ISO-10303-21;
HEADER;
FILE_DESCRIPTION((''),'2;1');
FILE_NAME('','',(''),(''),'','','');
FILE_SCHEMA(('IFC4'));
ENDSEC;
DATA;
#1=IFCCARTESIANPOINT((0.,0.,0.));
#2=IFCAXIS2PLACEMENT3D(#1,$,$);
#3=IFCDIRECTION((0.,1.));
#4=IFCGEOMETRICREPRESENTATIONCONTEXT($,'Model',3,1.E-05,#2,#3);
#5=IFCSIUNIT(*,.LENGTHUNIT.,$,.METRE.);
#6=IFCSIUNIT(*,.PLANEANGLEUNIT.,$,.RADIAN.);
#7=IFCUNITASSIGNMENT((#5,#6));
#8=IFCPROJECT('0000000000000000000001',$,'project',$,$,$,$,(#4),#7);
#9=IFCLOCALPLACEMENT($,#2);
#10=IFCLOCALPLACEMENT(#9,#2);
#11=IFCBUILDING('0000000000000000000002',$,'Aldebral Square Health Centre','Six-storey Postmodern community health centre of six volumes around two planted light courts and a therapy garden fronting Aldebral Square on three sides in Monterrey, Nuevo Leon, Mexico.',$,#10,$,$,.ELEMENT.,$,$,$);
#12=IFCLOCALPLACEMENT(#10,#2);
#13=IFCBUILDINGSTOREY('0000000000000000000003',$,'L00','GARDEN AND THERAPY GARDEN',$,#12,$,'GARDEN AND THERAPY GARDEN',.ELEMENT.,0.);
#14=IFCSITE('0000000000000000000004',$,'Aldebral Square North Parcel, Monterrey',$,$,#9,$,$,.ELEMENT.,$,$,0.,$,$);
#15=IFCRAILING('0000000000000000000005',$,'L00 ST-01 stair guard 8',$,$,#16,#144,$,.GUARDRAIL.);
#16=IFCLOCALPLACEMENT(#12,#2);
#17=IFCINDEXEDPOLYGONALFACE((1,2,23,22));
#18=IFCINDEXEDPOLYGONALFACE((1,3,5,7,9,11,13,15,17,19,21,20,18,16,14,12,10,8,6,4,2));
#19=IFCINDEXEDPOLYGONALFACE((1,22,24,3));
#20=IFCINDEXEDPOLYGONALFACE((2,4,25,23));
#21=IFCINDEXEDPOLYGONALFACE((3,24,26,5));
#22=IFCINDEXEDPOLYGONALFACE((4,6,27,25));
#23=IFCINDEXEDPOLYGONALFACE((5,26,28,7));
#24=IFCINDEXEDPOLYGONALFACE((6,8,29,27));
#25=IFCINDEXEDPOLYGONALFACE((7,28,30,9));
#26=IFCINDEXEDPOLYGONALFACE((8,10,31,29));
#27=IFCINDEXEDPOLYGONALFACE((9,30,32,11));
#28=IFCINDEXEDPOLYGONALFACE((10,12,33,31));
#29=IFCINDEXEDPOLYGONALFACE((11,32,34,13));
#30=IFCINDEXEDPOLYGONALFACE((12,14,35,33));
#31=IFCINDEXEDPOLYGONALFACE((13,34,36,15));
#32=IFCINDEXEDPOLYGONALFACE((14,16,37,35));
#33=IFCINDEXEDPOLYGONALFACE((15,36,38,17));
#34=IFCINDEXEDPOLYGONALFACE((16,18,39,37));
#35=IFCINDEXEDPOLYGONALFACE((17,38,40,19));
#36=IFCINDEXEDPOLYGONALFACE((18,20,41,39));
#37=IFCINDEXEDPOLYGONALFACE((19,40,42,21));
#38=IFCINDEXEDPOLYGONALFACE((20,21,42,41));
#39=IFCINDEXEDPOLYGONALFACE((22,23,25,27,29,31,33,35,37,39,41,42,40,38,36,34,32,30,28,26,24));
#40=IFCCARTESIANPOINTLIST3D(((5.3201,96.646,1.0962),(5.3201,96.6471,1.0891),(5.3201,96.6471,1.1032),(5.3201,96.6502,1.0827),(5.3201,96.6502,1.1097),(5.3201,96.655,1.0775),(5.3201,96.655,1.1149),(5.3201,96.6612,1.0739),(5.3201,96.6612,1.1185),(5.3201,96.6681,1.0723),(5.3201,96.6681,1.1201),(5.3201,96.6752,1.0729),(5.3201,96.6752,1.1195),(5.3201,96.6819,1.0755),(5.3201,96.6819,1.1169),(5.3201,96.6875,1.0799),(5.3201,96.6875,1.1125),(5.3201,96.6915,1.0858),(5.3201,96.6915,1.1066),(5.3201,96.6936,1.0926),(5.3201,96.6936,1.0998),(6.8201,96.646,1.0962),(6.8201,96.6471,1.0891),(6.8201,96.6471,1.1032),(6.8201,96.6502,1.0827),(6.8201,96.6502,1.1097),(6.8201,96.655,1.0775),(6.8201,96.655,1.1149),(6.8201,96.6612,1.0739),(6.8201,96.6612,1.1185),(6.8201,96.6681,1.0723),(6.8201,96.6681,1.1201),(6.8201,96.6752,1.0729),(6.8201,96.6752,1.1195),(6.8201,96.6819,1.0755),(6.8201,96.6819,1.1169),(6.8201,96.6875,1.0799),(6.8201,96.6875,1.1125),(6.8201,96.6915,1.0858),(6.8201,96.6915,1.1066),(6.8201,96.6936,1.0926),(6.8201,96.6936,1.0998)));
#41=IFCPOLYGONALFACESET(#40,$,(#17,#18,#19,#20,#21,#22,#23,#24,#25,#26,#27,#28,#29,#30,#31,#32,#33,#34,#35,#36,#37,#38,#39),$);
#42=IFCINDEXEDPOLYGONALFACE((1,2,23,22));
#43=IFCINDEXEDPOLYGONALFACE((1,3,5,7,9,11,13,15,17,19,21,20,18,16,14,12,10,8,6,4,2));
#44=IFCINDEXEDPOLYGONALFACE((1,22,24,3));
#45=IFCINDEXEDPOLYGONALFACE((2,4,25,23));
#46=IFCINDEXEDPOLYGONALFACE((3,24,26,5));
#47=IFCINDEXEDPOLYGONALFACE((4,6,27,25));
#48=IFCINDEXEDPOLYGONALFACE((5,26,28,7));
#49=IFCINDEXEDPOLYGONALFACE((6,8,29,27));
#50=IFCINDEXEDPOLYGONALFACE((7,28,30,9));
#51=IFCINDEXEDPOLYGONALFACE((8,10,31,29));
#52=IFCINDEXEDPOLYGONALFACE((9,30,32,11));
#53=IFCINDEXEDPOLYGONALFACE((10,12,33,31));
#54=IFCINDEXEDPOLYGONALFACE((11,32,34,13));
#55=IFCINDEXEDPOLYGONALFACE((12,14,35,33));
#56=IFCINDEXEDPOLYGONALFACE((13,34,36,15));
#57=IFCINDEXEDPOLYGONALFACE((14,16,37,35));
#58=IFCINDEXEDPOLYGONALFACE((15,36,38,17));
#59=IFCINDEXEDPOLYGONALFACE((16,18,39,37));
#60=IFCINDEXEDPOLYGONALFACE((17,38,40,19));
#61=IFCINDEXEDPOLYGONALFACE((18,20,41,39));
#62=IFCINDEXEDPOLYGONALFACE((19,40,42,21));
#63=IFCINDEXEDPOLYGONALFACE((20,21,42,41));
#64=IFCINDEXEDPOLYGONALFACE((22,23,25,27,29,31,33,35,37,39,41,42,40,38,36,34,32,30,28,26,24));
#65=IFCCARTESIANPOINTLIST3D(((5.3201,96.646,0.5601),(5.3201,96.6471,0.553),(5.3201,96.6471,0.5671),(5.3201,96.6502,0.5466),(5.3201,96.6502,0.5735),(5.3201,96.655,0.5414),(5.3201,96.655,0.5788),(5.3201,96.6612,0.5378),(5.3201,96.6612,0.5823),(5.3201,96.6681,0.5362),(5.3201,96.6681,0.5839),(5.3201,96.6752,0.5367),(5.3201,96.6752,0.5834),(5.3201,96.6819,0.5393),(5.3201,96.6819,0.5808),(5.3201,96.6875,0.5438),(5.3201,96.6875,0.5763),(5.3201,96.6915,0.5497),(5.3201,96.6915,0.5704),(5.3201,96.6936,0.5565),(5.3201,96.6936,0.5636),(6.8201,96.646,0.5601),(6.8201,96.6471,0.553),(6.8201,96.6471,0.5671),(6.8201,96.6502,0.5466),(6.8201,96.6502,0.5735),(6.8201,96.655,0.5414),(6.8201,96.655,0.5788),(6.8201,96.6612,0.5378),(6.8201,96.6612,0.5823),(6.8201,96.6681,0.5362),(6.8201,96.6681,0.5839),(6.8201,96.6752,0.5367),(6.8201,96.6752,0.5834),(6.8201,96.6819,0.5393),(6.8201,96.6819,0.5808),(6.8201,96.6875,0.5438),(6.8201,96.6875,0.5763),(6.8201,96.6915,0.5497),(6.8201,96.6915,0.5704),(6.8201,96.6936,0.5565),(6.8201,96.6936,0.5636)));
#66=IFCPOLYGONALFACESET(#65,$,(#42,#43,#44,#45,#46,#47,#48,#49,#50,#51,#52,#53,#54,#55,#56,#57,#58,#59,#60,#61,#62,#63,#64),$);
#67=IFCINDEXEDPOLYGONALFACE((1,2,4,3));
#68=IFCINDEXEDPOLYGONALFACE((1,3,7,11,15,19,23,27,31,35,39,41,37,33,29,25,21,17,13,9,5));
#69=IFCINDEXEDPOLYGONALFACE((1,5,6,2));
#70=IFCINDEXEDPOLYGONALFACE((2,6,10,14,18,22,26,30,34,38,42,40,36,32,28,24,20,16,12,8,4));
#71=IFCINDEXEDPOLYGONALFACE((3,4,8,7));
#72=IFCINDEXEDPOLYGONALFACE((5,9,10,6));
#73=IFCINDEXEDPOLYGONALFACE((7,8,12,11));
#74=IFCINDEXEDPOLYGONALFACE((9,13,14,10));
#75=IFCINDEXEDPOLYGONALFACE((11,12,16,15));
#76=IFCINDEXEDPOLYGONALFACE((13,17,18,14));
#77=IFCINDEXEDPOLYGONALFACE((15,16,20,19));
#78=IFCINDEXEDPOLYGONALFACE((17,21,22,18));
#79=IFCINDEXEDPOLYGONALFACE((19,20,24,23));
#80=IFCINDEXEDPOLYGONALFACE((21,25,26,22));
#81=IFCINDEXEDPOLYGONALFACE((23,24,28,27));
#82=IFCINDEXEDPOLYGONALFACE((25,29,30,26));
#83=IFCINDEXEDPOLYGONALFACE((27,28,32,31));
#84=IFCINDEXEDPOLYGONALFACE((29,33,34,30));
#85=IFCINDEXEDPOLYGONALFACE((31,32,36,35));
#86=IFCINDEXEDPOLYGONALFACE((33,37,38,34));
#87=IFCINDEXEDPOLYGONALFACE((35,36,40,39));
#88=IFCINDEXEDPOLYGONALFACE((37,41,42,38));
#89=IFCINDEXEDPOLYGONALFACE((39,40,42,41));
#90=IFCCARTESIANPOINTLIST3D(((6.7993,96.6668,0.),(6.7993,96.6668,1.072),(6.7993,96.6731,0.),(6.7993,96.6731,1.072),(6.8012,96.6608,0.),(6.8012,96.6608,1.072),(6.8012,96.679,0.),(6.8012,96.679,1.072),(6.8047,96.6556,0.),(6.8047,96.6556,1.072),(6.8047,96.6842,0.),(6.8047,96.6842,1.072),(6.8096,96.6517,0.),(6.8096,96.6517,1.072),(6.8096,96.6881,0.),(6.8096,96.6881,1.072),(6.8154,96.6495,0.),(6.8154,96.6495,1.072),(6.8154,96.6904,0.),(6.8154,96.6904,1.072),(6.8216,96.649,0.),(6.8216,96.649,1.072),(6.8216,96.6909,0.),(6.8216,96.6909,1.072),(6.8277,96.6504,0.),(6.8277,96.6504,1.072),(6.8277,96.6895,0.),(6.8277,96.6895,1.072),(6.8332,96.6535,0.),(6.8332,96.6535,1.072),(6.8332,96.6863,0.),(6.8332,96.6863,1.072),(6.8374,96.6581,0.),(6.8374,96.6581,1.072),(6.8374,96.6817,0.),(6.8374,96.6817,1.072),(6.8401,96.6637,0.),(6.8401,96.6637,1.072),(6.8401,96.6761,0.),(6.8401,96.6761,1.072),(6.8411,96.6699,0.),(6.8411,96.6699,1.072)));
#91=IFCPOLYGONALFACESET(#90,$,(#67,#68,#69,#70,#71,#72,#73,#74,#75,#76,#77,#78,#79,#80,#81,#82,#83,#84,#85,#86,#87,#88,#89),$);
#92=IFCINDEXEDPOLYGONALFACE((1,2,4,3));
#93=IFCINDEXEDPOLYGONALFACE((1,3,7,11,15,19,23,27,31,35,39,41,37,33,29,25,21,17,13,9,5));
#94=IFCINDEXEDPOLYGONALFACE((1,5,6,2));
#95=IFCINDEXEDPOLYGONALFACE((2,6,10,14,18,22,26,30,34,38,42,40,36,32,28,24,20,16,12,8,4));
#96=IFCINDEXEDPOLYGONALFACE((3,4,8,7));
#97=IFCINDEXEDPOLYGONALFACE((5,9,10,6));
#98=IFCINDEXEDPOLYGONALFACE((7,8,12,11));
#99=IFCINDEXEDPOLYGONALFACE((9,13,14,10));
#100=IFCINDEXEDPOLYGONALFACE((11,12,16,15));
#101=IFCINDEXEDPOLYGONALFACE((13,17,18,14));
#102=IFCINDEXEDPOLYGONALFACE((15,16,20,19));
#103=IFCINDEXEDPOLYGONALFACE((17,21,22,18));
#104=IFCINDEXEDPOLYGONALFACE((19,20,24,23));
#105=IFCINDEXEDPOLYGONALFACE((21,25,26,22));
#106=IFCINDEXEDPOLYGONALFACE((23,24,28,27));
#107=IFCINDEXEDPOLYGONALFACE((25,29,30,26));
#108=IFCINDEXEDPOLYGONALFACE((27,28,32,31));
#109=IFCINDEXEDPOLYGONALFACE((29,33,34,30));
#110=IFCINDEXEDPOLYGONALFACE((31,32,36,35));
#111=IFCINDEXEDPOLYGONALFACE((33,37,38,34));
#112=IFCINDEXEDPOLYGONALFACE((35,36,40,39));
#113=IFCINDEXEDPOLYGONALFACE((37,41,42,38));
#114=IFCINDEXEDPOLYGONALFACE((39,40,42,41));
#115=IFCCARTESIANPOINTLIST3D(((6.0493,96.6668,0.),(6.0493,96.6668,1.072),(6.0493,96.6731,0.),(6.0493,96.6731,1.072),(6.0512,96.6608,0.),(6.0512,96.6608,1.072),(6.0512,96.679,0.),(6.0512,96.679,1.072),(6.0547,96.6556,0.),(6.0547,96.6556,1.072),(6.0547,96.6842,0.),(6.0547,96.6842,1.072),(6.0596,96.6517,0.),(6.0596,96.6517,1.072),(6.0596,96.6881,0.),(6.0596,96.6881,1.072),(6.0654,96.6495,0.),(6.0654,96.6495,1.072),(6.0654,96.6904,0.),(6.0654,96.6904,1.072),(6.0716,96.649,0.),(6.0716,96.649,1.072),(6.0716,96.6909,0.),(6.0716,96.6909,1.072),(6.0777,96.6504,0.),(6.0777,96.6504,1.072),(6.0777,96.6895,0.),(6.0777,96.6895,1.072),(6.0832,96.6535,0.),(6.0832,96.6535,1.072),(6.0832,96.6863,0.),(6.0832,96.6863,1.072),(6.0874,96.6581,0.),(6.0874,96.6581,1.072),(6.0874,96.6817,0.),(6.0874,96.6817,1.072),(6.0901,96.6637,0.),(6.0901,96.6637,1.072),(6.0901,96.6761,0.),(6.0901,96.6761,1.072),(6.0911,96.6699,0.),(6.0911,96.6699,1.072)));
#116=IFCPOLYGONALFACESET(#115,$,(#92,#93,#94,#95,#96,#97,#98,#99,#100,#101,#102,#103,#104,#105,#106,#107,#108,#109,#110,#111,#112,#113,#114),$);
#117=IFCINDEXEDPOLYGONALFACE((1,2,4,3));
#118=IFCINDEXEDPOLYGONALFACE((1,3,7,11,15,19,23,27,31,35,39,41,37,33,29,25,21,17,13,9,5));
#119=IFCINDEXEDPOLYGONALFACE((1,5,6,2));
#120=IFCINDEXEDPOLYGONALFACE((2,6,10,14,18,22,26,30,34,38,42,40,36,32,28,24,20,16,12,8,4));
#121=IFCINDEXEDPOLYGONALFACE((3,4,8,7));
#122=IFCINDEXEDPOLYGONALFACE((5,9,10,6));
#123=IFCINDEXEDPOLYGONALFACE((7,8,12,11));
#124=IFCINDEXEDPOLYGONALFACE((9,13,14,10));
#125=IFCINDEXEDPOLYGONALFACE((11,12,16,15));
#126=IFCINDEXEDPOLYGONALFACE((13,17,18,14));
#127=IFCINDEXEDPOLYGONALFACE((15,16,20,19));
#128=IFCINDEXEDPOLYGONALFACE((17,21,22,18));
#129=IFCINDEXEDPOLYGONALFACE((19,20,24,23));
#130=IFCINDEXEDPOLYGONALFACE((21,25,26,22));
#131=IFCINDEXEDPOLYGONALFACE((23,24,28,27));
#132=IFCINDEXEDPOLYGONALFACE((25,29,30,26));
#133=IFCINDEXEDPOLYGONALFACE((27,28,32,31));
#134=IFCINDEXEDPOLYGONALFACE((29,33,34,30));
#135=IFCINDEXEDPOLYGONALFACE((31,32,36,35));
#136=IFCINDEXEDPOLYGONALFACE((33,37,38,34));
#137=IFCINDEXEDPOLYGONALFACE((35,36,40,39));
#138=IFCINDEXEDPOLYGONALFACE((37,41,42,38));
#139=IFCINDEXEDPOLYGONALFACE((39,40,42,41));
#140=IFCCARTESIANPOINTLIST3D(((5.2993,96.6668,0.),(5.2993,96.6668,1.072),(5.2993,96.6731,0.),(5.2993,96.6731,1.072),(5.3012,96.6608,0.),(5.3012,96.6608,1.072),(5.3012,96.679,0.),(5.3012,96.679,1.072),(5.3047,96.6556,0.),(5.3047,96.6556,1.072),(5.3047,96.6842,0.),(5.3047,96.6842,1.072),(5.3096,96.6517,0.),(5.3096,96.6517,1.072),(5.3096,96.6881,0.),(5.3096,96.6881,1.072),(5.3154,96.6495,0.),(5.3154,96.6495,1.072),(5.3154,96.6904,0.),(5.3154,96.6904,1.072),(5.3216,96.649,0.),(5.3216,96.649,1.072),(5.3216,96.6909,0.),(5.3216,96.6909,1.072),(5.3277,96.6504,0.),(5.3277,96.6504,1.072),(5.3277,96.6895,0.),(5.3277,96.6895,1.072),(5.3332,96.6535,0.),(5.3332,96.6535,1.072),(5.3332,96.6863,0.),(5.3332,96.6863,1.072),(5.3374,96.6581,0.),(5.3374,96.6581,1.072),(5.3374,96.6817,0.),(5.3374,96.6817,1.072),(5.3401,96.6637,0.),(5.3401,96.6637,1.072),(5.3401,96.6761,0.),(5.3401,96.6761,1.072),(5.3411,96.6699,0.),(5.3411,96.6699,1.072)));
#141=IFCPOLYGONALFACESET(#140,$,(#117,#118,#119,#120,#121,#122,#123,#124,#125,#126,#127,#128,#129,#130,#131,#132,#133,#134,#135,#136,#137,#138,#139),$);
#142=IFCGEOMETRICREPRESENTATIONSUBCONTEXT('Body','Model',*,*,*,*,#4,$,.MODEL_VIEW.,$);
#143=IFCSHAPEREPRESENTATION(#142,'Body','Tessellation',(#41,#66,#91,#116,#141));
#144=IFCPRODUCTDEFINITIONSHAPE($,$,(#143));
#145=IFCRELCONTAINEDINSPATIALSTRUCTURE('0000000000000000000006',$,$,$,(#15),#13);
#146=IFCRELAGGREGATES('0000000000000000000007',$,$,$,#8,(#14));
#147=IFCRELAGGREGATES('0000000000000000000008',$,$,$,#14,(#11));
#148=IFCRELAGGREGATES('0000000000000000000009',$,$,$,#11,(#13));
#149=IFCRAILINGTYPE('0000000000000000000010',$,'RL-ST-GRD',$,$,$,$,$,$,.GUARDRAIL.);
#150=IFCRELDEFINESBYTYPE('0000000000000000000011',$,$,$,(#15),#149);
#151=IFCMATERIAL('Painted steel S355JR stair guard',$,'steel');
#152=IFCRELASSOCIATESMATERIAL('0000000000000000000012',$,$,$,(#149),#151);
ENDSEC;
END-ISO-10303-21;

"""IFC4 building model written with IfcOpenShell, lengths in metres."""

from ifc_helpers import new_model, si_unit, direction, frame, origin, origin_2d, place, context, subcontext, project, spatial, circle, extrude, material, type_object, element, save


model = new_model("IFC4")

# Units and contexts
model_context = context("Model", 3, precision=1e-05, world=origin(), true_north=direction((0.0, 1.0)))
body_context = subcontext(model_context, "Body", "Model", "MODEL_VIEW")
ifc_project = project(units=[si_unit("LENGTHUNIT", "METRE"), si_unit("PLANEANGLEUNIT", "RADIAN")], contexts=[model_context])

# Site, building, storey
site_placement = place(None, origin())
site = spatial("IfcSite", under=ifc_project, at=site_placement, Name="Aldebral Square North Parcel, Monterrey", CompositionType="ELEMENT", RefElevation=0.0)
building_placement = place(site_placement, origin())
building = spatial("IfcBuilding", under=site, at=building_placement, Name="Aldebral Square Health Centre", Description="Six-storey Postmodern community health centre of six volumes around two planted light courts and a therapy garden fronting Aldebral Square on three sides in Monterrey, Nuevo Leon, Mexico.", CompositionType="ELEMENT")
storey_placement = place(building_placement, origin())
storey = spatial("IfcBuildingStorey", under=building, at=storey_placement, Name="L00", Description="GARDEN AND THERAPY GARDEN", LongName="GARDEN AND THERAPY GARDEN", CompositionType="ELEMENT", Elevation=0.0)

# Railing
ifc_material_1 = material(Name="Painted steel S355JR stair guard", Category="steel")
railing_type_1 = type_object("IfcRailingType", Name="RL-ST-GRD", PredefinedType="GUARDRAIL", material=ifc_material_1)
railing_1_placement = place(storey_placement, frame((6.8201, 96.6699, 0.0)))
element("IfcRailing", 1, at=railing_1_placement, inside=storey, type_object=railing_type_1, Name="L00 ST-01 stair guard 8", PredefinedType="GUARDRAIL", context=body_context, shape_type="SweptSolid", body=[
    extrude(circle(Radius=0.0239, at=origin_2d()), frame((0.0, 0.0, 1.0962), z_axis=(-1.0, 0.0, 0.0), x_axis=(0.0, -1.0, 0.0)), (0.0, 0.0, 1.0), 1.5),
    extrude(circle(Radius=0.0239, at=origin_2d()), frame((0.0, 0.0, 0.5601), z_axis=(-1.0, 0.0, 0.0), x_axis=(0.0, -1.0, 0.0)), (0.0, 0.0, 1.0), 1.5),
    extrude(circle(Radius=0.021, at=origin_2d()), origin(), (0.0, 0.0, 1.0), 1.072),
    extrude(circle(Radius=0.021, at=origin_2d()), frame((-0.75, 0.0, 0.0)), (0.0, 0.0, 1.0), 1.072),
    extrude(circle(Radius=0.021, at=origin_2d()), frame((-1.5, 0.0, 0.0)), (0.0, 0.0, 1.0), 1.072),
])

save(model, "model.ifc")
